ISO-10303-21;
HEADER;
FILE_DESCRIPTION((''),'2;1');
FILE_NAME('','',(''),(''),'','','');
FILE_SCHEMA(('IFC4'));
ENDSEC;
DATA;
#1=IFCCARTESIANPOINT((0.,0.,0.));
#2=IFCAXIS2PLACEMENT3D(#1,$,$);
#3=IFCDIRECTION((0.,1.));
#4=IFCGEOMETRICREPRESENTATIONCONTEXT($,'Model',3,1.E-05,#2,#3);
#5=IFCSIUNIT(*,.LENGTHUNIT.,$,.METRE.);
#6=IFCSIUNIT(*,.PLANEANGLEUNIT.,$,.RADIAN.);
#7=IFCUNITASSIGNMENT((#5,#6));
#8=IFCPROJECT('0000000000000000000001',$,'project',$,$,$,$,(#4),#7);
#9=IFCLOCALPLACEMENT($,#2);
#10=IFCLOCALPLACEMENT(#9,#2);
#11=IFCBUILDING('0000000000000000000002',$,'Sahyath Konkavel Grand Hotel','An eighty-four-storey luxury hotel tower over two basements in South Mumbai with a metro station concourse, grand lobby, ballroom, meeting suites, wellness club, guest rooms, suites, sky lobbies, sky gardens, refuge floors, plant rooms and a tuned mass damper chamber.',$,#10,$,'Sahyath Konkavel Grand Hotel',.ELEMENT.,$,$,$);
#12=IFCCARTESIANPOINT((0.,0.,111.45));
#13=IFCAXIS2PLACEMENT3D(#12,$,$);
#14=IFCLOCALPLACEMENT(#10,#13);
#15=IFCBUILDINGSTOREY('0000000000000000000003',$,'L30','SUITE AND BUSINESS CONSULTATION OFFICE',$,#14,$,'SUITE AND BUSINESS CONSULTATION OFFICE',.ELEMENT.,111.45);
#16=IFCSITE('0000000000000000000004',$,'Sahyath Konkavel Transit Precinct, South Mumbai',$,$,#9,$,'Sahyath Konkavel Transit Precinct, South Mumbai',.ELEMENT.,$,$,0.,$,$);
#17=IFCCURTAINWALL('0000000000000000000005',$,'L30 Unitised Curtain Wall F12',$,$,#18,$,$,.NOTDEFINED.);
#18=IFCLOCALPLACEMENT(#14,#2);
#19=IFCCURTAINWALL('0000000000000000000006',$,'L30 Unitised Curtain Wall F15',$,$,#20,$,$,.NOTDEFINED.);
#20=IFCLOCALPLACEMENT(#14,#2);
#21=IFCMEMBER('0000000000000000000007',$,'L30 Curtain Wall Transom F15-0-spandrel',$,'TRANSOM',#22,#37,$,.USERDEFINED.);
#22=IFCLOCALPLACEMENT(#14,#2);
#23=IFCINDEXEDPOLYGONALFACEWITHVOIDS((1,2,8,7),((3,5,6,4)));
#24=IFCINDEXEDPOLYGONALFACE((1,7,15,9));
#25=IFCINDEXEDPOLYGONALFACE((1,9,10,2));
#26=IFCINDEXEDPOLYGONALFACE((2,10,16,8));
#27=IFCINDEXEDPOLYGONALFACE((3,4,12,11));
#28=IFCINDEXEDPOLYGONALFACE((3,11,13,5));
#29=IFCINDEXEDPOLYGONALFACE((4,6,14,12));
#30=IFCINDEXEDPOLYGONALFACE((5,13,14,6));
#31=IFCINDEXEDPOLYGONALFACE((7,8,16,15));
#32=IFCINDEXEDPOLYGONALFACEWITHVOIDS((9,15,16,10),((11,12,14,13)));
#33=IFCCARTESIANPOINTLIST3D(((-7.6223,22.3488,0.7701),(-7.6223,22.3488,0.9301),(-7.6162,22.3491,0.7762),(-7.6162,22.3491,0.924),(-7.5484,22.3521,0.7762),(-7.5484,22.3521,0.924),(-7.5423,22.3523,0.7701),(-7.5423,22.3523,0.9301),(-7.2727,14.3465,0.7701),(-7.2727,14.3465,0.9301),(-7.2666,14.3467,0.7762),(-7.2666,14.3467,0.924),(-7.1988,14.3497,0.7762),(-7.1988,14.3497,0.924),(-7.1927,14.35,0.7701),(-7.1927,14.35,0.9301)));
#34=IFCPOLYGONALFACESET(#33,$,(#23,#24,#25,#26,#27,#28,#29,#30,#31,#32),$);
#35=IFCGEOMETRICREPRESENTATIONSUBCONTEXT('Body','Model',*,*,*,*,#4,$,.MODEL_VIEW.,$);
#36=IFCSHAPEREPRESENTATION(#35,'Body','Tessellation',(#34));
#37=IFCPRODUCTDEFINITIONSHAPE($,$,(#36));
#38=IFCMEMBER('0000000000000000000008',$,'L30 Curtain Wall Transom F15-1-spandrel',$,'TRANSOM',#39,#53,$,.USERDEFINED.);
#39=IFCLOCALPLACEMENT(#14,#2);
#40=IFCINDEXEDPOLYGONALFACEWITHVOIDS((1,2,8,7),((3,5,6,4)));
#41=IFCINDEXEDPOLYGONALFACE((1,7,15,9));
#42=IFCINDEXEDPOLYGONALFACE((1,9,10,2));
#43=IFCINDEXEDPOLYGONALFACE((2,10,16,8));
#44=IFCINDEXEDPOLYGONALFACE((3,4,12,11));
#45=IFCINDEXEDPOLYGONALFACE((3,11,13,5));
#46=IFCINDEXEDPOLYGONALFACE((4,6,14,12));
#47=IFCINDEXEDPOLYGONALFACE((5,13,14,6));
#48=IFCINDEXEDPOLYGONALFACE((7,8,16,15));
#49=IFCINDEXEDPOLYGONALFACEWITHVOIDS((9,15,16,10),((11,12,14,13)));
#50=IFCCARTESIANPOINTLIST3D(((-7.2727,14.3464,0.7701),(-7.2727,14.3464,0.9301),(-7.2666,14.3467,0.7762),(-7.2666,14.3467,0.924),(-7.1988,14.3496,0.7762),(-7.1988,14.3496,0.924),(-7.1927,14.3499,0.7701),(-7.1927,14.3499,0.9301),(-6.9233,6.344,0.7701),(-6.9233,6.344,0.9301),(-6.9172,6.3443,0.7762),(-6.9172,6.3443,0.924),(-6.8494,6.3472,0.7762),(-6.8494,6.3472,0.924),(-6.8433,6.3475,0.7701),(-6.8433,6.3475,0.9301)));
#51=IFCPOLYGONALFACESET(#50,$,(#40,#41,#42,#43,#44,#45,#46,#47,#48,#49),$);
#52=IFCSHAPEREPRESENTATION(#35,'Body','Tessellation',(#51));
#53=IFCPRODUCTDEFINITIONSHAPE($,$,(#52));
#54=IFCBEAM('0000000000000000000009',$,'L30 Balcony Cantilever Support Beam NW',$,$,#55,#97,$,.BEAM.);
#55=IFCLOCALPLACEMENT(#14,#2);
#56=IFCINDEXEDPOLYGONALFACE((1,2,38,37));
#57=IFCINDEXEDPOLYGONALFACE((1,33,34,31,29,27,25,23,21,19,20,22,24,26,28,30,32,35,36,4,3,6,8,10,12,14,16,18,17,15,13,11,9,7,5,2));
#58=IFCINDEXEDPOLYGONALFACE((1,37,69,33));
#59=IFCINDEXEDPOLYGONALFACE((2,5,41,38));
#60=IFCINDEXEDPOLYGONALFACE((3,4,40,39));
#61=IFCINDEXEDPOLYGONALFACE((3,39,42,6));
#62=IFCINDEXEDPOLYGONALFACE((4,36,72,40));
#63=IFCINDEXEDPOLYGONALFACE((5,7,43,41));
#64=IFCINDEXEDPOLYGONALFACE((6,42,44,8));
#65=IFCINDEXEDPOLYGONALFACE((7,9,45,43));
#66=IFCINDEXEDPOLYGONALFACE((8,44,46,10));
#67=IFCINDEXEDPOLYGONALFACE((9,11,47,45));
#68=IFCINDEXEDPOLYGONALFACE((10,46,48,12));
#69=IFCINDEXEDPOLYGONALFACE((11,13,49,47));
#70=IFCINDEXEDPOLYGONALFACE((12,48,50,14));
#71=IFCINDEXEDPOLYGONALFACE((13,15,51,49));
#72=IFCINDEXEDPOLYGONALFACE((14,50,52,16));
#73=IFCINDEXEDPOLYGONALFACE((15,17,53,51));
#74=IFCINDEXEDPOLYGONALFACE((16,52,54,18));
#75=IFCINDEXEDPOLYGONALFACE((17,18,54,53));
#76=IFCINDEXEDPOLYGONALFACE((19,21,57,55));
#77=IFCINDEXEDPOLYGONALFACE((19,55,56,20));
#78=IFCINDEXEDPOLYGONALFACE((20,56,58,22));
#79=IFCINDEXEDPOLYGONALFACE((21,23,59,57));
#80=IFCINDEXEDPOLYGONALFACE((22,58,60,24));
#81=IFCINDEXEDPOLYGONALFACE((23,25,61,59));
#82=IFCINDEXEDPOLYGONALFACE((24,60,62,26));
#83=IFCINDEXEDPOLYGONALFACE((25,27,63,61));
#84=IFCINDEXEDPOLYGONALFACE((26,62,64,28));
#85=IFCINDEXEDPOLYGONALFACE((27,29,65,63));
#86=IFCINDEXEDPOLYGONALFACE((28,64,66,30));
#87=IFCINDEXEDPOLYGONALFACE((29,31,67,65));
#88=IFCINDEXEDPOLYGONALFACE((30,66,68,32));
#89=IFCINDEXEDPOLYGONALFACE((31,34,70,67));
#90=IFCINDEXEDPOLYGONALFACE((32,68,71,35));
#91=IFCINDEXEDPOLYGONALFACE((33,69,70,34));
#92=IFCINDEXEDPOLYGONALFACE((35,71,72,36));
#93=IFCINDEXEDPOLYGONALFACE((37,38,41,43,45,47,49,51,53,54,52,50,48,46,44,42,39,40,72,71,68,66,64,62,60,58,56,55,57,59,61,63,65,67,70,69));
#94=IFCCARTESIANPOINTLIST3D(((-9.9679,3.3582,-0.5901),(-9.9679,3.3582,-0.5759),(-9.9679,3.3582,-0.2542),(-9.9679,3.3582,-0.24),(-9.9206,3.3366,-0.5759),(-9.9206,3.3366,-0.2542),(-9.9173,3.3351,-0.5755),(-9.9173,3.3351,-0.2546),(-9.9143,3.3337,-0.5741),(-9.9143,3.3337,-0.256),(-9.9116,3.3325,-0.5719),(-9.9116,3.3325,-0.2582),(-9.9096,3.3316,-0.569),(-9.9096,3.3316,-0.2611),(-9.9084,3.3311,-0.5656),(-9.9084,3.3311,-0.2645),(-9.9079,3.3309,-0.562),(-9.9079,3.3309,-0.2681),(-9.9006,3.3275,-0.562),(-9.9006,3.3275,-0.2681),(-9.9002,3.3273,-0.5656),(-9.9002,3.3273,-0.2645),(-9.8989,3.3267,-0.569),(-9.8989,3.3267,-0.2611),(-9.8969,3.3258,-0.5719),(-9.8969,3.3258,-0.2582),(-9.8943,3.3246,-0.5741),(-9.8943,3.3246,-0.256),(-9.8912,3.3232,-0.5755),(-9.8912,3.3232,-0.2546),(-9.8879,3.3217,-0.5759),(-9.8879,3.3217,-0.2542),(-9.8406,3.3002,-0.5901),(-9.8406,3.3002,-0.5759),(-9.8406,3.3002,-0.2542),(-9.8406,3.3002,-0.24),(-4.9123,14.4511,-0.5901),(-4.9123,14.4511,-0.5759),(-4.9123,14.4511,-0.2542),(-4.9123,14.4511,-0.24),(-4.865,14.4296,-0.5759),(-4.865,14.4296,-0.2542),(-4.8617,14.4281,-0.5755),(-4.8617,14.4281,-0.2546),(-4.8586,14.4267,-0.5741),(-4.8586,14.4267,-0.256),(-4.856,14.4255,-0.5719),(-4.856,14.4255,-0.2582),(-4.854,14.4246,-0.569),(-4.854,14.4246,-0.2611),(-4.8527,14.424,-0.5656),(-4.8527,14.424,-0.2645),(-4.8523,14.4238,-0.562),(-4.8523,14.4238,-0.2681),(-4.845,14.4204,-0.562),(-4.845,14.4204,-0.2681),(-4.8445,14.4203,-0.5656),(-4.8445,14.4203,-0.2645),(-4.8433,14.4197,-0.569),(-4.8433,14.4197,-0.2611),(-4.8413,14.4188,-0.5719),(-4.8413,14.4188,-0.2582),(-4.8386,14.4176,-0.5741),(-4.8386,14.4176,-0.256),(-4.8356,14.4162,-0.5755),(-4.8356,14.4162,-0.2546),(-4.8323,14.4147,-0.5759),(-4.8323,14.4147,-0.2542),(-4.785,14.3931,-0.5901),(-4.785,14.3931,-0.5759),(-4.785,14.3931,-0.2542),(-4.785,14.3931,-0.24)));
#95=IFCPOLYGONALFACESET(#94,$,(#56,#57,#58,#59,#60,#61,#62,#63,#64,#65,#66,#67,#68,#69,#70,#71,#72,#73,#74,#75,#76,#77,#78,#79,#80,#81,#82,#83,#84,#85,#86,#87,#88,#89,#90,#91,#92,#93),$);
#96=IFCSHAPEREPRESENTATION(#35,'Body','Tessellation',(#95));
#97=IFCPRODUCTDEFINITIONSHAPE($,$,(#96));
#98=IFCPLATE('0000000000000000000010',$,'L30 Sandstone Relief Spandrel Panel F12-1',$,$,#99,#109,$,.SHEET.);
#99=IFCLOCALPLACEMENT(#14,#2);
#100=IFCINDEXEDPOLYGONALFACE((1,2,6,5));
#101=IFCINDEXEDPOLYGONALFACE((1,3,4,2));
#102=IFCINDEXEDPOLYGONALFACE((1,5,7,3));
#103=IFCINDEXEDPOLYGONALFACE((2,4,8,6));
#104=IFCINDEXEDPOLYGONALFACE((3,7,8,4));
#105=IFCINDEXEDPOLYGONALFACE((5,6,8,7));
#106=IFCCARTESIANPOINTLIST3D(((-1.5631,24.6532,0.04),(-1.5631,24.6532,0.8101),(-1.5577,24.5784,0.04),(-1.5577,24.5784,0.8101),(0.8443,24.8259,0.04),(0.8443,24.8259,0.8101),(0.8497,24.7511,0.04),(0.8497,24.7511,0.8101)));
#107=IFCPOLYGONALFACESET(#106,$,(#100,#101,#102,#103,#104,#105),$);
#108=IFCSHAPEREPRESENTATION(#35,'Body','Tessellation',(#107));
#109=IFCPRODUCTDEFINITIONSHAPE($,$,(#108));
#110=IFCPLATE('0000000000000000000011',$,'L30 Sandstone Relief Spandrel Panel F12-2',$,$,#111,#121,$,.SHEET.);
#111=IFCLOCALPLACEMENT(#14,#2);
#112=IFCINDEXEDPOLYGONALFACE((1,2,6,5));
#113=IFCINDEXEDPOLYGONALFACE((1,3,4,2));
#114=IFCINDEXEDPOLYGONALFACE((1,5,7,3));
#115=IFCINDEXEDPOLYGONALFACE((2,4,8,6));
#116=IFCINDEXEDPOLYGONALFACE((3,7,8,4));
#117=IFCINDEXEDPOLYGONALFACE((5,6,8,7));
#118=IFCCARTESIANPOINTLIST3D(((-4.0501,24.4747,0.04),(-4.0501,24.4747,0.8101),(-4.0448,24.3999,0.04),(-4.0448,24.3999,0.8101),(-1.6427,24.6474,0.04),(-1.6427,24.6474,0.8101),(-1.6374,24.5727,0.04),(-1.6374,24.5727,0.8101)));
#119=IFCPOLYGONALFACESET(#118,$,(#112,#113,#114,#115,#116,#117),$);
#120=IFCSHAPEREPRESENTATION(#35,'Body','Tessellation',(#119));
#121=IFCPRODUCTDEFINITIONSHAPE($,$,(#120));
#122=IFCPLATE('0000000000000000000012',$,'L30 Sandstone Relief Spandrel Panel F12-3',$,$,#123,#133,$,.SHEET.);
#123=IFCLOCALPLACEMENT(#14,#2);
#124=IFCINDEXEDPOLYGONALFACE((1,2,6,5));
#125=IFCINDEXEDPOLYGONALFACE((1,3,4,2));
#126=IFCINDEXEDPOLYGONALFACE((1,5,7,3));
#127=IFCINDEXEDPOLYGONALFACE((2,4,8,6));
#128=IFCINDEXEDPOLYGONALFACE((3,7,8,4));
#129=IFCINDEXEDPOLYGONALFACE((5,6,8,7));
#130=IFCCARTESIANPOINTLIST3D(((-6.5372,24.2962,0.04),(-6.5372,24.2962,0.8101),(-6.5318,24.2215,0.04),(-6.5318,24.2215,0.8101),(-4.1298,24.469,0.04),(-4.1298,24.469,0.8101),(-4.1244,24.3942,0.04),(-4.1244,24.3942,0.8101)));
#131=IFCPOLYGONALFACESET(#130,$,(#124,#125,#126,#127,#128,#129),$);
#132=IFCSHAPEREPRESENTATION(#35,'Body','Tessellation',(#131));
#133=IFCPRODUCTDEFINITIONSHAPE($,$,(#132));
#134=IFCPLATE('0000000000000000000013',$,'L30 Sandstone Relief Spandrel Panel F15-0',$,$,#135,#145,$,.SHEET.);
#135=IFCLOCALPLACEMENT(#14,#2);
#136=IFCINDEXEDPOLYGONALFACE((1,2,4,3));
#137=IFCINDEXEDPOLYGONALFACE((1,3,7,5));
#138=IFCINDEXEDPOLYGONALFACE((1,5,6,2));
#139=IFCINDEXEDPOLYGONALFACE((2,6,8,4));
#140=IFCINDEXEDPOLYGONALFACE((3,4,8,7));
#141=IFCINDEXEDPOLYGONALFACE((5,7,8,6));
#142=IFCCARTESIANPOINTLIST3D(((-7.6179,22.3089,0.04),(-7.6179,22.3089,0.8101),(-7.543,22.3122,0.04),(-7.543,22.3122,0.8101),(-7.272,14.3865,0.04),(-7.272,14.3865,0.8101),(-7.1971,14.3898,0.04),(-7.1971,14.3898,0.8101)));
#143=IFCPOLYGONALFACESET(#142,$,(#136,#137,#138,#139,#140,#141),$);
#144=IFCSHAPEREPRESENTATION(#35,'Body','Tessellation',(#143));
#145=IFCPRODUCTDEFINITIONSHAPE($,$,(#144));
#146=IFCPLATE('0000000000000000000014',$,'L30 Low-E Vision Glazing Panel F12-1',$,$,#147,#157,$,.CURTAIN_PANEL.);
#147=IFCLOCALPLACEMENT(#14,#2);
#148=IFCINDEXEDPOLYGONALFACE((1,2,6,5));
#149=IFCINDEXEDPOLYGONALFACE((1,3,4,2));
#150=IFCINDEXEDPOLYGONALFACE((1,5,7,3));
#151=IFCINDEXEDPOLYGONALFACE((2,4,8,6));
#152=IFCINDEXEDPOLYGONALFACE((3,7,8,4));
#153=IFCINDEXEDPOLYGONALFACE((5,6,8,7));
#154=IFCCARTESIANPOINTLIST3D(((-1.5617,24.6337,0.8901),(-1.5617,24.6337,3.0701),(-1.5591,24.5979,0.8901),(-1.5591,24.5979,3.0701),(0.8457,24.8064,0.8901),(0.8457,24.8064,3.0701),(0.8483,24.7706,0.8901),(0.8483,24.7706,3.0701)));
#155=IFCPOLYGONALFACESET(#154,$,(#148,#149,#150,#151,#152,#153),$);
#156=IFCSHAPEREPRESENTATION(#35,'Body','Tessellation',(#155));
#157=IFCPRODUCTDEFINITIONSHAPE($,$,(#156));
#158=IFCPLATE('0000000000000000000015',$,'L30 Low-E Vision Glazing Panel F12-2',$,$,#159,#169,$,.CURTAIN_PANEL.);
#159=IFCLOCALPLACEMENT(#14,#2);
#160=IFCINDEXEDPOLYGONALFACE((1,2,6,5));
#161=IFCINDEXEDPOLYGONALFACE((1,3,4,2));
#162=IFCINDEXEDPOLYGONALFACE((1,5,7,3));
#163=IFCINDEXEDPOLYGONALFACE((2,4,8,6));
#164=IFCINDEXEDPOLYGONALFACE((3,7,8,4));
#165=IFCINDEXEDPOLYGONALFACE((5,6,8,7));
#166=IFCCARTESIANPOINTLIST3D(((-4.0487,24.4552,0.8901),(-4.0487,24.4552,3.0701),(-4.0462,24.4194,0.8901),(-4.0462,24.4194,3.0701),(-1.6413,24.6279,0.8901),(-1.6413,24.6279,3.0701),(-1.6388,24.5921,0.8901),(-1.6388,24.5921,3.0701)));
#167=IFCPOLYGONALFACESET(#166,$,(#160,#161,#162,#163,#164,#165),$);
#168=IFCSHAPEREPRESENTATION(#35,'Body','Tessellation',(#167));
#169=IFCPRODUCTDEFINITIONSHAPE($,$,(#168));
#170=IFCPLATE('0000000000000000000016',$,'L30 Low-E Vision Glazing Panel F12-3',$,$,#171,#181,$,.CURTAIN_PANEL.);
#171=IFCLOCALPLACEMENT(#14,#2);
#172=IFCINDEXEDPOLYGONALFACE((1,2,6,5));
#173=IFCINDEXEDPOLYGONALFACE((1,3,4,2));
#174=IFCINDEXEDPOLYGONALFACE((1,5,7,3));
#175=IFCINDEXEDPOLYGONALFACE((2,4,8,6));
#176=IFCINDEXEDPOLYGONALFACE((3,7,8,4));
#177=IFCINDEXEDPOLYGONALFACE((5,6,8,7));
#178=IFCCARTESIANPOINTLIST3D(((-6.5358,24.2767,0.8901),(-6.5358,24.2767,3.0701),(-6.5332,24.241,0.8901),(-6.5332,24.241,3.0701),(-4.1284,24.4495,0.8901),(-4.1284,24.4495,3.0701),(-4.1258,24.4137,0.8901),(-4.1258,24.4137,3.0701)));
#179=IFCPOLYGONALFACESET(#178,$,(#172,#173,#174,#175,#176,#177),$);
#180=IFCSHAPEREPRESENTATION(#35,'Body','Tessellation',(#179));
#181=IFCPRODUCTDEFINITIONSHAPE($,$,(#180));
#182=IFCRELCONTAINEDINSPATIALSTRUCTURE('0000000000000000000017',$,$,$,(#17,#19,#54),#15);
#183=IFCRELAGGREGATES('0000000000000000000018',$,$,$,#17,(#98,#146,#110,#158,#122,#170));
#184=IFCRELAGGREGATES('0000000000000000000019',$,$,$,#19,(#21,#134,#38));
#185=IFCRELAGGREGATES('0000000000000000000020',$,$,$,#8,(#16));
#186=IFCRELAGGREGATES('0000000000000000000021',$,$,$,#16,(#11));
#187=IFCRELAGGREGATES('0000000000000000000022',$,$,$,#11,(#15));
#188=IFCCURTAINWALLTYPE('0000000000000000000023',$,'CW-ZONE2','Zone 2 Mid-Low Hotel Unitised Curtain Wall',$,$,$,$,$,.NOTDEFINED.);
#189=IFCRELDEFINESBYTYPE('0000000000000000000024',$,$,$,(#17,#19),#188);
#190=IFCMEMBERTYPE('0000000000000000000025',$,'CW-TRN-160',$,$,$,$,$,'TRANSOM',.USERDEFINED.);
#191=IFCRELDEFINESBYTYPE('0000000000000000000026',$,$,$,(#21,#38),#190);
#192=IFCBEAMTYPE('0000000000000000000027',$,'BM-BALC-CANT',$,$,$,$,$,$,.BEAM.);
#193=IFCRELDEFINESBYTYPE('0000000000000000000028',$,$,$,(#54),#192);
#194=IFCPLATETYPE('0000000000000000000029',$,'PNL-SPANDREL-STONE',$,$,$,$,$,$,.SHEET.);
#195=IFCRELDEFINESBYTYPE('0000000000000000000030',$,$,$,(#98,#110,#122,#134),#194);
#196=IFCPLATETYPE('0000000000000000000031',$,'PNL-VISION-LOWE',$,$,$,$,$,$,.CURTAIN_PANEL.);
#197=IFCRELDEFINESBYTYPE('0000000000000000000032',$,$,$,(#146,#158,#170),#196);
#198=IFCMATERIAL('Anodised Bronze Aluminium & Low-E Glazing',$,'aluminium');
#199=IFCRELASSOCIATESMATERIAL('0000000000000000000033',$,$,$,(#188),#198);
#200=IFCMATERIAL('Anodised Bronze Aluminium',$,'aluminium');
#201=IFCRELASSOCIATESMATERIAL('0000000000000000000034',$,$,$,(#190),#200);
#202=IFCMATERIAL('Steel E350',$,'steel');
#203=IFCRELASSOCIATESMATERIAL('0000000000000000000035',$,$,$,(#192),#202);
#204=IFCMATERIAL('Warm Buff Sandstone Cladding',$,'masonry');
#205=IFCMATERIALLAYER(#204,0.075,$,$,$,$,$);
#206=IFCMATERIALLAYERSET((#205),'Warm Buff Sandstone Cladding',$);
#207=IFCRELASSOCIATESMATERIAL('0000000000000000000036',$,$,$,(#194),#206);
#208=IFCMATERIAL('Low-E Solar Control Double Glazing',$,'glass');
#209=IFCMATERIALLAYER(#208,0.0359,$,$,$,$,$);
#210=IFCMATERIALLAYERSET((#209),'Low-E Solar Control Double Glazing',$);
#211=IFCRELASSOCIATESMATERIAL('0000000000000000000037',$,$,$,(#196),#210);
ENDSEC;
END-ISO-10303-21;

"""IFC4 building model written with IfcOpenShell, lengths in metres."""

from ifc_helpers import new_model, si_unit, direction, frame, origin, origin_2d, place, context, subcontext, project, spatial, rectangle, hollow_rectangle, i_section, extrude, source, transform, mapped, material, layer, layer_set, material_profile, profile_set, type_object, element, aggregate, save


model = new_model("IFC4")

# Units and contexts
model_context = context("Model", 3, precision=1e-05, world=origin(), true_north=direction((0.0, 1.0)))
body_context = subcontext(model_context, "Body", "Model", "MODEL_VIEW")
ifc_project = project(units=[si_unit("LENGTHUNIT", "METRE"), si_unit("PLANEANGLEUNIT", "RADIAN")], contexts=[model_context])

# Site, building, storey
site_placement = place(None, origin())
site = spatial("IfcSite", under=ifc_project, at=site_placement, Name="Sahyath Konkavel Transit Precinct, South Mumbai", LongName="Sahyath Konkavel Transit Precinct, South Mumbai", CompositionType="ELEMENT", RefElevation=0.0)
building_placement = place(site_placement, origin())
building = spatial("IfcBuilding", under=site, at=building_placement, Name="Sahyath Konkavel Grand Hotel", Description="An eighty-four-storey luxury hotel tower over two basements in South Mumbai with a metro station concourse, grand lobby, ballroom, meeting suites, wellness club, guest rooms, suites, sky lobbies, sky gardens, refuge floors, plant rooms and a tuned mass damper chamber.", LongName="Sahyath Konkavel Grand Hotel", CompositionType="ELEMENT")
storey_placement = place(building_placement, frame((0.0, 0.0, 111.45)))
storey = spatial("IfcBuildingStorey", under=building, at=storey_placement, Name="L30", Description="SUITE AND BUSINESS CONSULTATION OFFICE", LongName="SUITE AND BUSINESS CONSULTATION OFFICE", CompositionType="ELEMENT", Elevation=111.45)

# Shared definitions
ifc_material_1 = material(Name="Steel E350", Category="steel")

# Curtain wall
ifc_material_2 = material(Name="Anodised Bronze Aluminium & Low-E Glazing", Category="aluminium")
curtain_wall_type = type_object("IfcCurtainWallType", Name="CW-ZONE2", Description="Zone 2 Mid-Low Hotel Unitised Curtain Wall", PredefinedType="NOTDEFINED", material=ifc_material_2)
curtain_wall_1_placement = place(storey_placement, origin())
curtain_wall_1 = element("IfcCurtainWall", 1, at=curtain_wall_1_placement, inside=storey, type_object=curtain_wall_type, Name="L30 Unitised Curtain Wall F12", PredefinedType="NOTDEFINED")
ifc_material_3 = material(Name="Anodised Bronze Aluminium", Category="aluminium")

# Curtain wall
curtain_wall_2_placement = place(storey_placement, origin())
curtain_wall_2 = element("IfcCurtainWall", 2, at=curtain_wall_2_placement, inside=storey, type_object=curtain_wall_type, Name="L30 Unitised Curtain Wall F15", PredefinedType="NOTDEFINED")

# Members
ifc_material_profile_1 = material_profile(ifc_material_3, hollow_rectangle(XDim=0.0801, YDim=0.1599, WallThickness=0.0061, at=origin_2d()), Name="RHS 160x80x6")
ifc_profile_set_1 = profile_set([ifc_material_profile_1], Name="Anodised Bronze Aluminium")
member_type_1 = type_object("IfcMemberType", Name="CW-TRN-160", ElementType="TRANSOM", PredefinedType="USERDEFINED", material=ifc_profile_set_1)
shared_shape_1 = source(origin(), body_context, "Body", "SweptSolid", [
    extrude(hollow_rectangle(XDim=0.0801, YDim=0.1599, WallThickness=0.0061, at=origin_2d()), origin(), (0.0, 0.0, 1.0), 8.01),
])
member_1_placement = place(storey_placement, frame((-7.5823, 22.3506, 0.8501), z_axis=(0.043646, -0.999047, 0.0), x_axis=(0.999047, 0.043646, 0.0)))
member_1 = element("IfcMember", 3, at=member_1_placement, type_object=member_type_1, Name="L30 Curtain Wall Transom F15-0-spandrel", ObjectType="TRANSOM", PredefinedType="USERDEFINED", context=body_context, shape_type="MappedRepresentation", body=[
    mapped(shared_shape_1, transform((0.0, 0.0, 0.0), scale=1.0)),
])
member_2_placement = place(storey_placement, frame((-7.2327, 14.3481, 0.8501), z_axis=(0.043616, -0.999048, 0.0), x_axis=(0.999048, 0.043616, 0.0)))
member_2 = element("IfcMember", 4, at=member_2_placement, type_object=member_type_1, Name="L30 Curtain Wall Transom F15-1-spandrel", ObjectType="TRANSOM", PredefinedType="USERDEFINED", context=body_context, shape_type="MappedRepresentation", body=[
    mapped(shared_shape_1, transform((0.0, 0.0, 0.0), scale=1.0)),
])

# Beam
ifc_material_profile_2 = material_profile(ifc_material_1, i_section(OverallWidth=0.1399, OverallDepth=0.3501, WebThickness=0.0081, FlangeThickness=0.0142, FilletRadius=0.0139, at=origin_2d()), Name="ISMB 350")
ifc_profile_set_2 = profile_set([ifc_material_profile_2], Name="Steel E350")
beam_type_1 = type_object("IfcBeamType", Name="BM-BALC-CANT", PredefinedType="BEAM", material=ifc_profile_set_2)
shared_shape_2 = source(origin(), body_context, "Body", "SweptSolid", [
    extrude(i_section(OverallWidth=0.1399, OverallDepth=0.3501, WebThickness=0.0081, FlangeThickness=0.0142, FilletRadius=0.0139, at=origin_2d()), origin(), (0.0, 0.0, 1.0), 12.1907),
])
beam_1_placement = place(storey_placement, frame((-4.8486, 14.4221, -0.415), z_axis=(-0.414713, -0.909952, 0.0), x_axis=(0.909952, -0.414713, 0.0)))
element("IfcBeam", 5, at=beam_1_placement, inside=storey, type_object=beam_type_1, Name="L30 Balcony Cantilever Support Beam NW", PredefinedType="BEAM", context=body_context, shape_type="MappedRepresentation", body=[
    mapped(shared_shape_2, transform((0.0, 0.0, 0.0), scale=1.0)),
])

# Plates
ifc_material_4 = material(Name="Warm Buff Sandstone Cladding", Category="masonry")
ifc_layer_1 = layer(ifc_material_4, 0.075)
ifc_layer_set_1 = layer_set([ifc_layer_1], Name="Warm Buff Sandstone Cladding")
plate_type_1 = type_object("IfcPlateType", Name="PNL-SPANDREL-STONE", PredefinedType="SHEET", material=ifc_layer_set_1)
shared_shape_3 = source(origin(), body_context, "Body", "SweptSolid", [
    extrude(rectangle(XDim=2.4136, YDim=0.075, at=origin_2d()), origin(), (0.0, 0.0, 1.0), 0.77),
])
plate_1_placement = place(storey_placement, frame((-0.3567, 24.7021, 0.04), z_axis=(0.0, 0.0, 1.0), x_axis=(-0.997436, -0.071567, 0.0)))
plate_1 = element("IfcPlate", 6, at=plate_1_placement, type_object=plate_type_1, Name="L30 Sandstone Relief Spandrel Panel F12-1", PredefinedType="SHEET", context=body_context, shape_type="MappedRepresentation", body=[
    mapped(shared_shape_3, transform((0.0, 0.0, 0.0), scale=1.0)),
])
plate_2_placement = place(storey_placement, frame((-2.8438, 24.5237, 0.04), z_axis=(0.0, 0.0, 1.0), x_axis=(-0.997436, -0.071567, 0.0)))
plate_2 = element("IfcPlate", 7, at=plate_2_placement, type_object=plate_type_1, Name="L30 Sandstone Relief Spandrel Panel F12-2", PredefinedType="SHEET", context=body_context, shape_type="MappedRepresentation", body=[
    mapped(shared_shape_3, transform((0.0, 0.0, 0.0), scale=1.0)),
])
plate_3_placement = place(storey_placement, frame((-5.3308, 24.3452, 0.04), z_axis=(0.0, 0.0, 1.0), x_axis=(-0.997436, -0.071567, 0.0)))
plate_3 = element("IfcPlate", 8, at=plate_3_placement, type_object=plate_type_1, Name="L30 Sandstone Relief Spandrel Panel F12-3", PredefinedType="SHEET", context=body_context, shape_type="MappedRepresentation", body=[
    mapped(shared_shape_3, transform((0.0, 0.0, 0.0), scale=1.0)),
])
shared_shape_4 = source(origin(), body_context, "Body", "SweptSolid", [
    extrude(rectangle(XDim=7.9299, YDim=0.075, at=origin_2d()), origin(), (0.0, 0.0, 1.0), 0.77),
])
plate_4_placement = place(storey_placement, frame((-7.4075, 18.3494, 0.04), z_axis=(0.0, 0.0, 1.0), x_axis=(0.043619, -0.999048, 0.0)))
plate_4 = element("IfcPlate", 9, at=plate_4_placement, type_object=plate_type_1, Name="L30 Sandstone Relief Spandrel Panel F15-0", PredefinedType="SHEET", context=body_context, shape_type="MappedRepresentation", body=[
    mapped(shared_shape_4, transform((0.0, 0.0, 0.0), scale=1.0)),
])
ifc_material_5 = material(Name="Low-E Solar Control Double Glazing", Category="glass")
ifc_layer_2 = layer(ifc_material_5, 0.0359)
ifc_layer_set_2 = layer_set([ifc_layer_2], Name="Low-E Solar Control Double Glazing")
plate_type_2 = type_object("IfcPlateType", Name="PNL-VISION-LOWE", PredefinedType="CURTAIN_PANEL", material=ifc_layer_set_2)
shared_shape_5 = source(origin(), body_context, "Body", "SweptSolid", [
    extrude(rectangle(XDim=2.4136, YDim=0.0359, at=origin_2d()), origin(), (0.0, 0.0, 1.0), 2.1799),
])
plate_5_placement = place(storey_placement, frame((-0.3567, 24.7021, 0.8901), z_axis=(0.0, 0.0, 1.0), x_axis=(-0.997436, -0.071567, 0.0)))
plate_5 = element("IfcPlate", 10, at=plate_5_placement, type_object=plate_type_2, Name="L30 Low-E Vision Glazing Panel F12-1", PredefinedType="CURTAIN_PANEL", context=body_context, shape_type="MappedRepresentation", body=[
    mapped(shared_shape_5, transform((0.0, 0.0, 0.0), scale=1.0)),
])
plate_6_placement = place(storey_placement, frame((-2.8438, 24.5237, 0.8901), z_axis=(0.0, 0.0, 1.0), x_axis=(-0.997436, -0.071567, 0.0)))
plate_6 = element("IfcPlate", 11, at=plate_6_placement, type_object=plate_type_2, Name="L30 Low-E Vision Glazing Panel F12-2", PredefinedType="CURTAIN_PANEL", context=body_context, shape_type="MappedRepresentation", body=[
    mapped(shared_shape_5, transform((0.0, 0.0, 0.0), scale=1.0)),
])
plate_7_placement = place(storey_placement, frame((-5.3308, 24.3452, 0.8901), z_axis=(0.0, 0.0, 1.0), x_axis=(-0.997436, -0.071567, 0.0)))
plate_7 = element("IfcPlate", 12, at=plate_7_placement, type_object=plate_type_2, Name="L30 Low-E Vision Glazing Panel F12-3", PredefinedType="CURTAIN_PANEL", context=body_context, shape_type="MappedRepresentation", body=[
    mapped(shared_shape_5, transform((0.0, 0.0, 0.0), scale=1.0)),
])
aggregate(curtain_wall_1, [plate_1, plate_5, plate_2, plate_6, plate_3, plate_7])
aggregate(curtain_wall_2, [member_1, plate_4, member_2])

save(model, "model.ifc")
